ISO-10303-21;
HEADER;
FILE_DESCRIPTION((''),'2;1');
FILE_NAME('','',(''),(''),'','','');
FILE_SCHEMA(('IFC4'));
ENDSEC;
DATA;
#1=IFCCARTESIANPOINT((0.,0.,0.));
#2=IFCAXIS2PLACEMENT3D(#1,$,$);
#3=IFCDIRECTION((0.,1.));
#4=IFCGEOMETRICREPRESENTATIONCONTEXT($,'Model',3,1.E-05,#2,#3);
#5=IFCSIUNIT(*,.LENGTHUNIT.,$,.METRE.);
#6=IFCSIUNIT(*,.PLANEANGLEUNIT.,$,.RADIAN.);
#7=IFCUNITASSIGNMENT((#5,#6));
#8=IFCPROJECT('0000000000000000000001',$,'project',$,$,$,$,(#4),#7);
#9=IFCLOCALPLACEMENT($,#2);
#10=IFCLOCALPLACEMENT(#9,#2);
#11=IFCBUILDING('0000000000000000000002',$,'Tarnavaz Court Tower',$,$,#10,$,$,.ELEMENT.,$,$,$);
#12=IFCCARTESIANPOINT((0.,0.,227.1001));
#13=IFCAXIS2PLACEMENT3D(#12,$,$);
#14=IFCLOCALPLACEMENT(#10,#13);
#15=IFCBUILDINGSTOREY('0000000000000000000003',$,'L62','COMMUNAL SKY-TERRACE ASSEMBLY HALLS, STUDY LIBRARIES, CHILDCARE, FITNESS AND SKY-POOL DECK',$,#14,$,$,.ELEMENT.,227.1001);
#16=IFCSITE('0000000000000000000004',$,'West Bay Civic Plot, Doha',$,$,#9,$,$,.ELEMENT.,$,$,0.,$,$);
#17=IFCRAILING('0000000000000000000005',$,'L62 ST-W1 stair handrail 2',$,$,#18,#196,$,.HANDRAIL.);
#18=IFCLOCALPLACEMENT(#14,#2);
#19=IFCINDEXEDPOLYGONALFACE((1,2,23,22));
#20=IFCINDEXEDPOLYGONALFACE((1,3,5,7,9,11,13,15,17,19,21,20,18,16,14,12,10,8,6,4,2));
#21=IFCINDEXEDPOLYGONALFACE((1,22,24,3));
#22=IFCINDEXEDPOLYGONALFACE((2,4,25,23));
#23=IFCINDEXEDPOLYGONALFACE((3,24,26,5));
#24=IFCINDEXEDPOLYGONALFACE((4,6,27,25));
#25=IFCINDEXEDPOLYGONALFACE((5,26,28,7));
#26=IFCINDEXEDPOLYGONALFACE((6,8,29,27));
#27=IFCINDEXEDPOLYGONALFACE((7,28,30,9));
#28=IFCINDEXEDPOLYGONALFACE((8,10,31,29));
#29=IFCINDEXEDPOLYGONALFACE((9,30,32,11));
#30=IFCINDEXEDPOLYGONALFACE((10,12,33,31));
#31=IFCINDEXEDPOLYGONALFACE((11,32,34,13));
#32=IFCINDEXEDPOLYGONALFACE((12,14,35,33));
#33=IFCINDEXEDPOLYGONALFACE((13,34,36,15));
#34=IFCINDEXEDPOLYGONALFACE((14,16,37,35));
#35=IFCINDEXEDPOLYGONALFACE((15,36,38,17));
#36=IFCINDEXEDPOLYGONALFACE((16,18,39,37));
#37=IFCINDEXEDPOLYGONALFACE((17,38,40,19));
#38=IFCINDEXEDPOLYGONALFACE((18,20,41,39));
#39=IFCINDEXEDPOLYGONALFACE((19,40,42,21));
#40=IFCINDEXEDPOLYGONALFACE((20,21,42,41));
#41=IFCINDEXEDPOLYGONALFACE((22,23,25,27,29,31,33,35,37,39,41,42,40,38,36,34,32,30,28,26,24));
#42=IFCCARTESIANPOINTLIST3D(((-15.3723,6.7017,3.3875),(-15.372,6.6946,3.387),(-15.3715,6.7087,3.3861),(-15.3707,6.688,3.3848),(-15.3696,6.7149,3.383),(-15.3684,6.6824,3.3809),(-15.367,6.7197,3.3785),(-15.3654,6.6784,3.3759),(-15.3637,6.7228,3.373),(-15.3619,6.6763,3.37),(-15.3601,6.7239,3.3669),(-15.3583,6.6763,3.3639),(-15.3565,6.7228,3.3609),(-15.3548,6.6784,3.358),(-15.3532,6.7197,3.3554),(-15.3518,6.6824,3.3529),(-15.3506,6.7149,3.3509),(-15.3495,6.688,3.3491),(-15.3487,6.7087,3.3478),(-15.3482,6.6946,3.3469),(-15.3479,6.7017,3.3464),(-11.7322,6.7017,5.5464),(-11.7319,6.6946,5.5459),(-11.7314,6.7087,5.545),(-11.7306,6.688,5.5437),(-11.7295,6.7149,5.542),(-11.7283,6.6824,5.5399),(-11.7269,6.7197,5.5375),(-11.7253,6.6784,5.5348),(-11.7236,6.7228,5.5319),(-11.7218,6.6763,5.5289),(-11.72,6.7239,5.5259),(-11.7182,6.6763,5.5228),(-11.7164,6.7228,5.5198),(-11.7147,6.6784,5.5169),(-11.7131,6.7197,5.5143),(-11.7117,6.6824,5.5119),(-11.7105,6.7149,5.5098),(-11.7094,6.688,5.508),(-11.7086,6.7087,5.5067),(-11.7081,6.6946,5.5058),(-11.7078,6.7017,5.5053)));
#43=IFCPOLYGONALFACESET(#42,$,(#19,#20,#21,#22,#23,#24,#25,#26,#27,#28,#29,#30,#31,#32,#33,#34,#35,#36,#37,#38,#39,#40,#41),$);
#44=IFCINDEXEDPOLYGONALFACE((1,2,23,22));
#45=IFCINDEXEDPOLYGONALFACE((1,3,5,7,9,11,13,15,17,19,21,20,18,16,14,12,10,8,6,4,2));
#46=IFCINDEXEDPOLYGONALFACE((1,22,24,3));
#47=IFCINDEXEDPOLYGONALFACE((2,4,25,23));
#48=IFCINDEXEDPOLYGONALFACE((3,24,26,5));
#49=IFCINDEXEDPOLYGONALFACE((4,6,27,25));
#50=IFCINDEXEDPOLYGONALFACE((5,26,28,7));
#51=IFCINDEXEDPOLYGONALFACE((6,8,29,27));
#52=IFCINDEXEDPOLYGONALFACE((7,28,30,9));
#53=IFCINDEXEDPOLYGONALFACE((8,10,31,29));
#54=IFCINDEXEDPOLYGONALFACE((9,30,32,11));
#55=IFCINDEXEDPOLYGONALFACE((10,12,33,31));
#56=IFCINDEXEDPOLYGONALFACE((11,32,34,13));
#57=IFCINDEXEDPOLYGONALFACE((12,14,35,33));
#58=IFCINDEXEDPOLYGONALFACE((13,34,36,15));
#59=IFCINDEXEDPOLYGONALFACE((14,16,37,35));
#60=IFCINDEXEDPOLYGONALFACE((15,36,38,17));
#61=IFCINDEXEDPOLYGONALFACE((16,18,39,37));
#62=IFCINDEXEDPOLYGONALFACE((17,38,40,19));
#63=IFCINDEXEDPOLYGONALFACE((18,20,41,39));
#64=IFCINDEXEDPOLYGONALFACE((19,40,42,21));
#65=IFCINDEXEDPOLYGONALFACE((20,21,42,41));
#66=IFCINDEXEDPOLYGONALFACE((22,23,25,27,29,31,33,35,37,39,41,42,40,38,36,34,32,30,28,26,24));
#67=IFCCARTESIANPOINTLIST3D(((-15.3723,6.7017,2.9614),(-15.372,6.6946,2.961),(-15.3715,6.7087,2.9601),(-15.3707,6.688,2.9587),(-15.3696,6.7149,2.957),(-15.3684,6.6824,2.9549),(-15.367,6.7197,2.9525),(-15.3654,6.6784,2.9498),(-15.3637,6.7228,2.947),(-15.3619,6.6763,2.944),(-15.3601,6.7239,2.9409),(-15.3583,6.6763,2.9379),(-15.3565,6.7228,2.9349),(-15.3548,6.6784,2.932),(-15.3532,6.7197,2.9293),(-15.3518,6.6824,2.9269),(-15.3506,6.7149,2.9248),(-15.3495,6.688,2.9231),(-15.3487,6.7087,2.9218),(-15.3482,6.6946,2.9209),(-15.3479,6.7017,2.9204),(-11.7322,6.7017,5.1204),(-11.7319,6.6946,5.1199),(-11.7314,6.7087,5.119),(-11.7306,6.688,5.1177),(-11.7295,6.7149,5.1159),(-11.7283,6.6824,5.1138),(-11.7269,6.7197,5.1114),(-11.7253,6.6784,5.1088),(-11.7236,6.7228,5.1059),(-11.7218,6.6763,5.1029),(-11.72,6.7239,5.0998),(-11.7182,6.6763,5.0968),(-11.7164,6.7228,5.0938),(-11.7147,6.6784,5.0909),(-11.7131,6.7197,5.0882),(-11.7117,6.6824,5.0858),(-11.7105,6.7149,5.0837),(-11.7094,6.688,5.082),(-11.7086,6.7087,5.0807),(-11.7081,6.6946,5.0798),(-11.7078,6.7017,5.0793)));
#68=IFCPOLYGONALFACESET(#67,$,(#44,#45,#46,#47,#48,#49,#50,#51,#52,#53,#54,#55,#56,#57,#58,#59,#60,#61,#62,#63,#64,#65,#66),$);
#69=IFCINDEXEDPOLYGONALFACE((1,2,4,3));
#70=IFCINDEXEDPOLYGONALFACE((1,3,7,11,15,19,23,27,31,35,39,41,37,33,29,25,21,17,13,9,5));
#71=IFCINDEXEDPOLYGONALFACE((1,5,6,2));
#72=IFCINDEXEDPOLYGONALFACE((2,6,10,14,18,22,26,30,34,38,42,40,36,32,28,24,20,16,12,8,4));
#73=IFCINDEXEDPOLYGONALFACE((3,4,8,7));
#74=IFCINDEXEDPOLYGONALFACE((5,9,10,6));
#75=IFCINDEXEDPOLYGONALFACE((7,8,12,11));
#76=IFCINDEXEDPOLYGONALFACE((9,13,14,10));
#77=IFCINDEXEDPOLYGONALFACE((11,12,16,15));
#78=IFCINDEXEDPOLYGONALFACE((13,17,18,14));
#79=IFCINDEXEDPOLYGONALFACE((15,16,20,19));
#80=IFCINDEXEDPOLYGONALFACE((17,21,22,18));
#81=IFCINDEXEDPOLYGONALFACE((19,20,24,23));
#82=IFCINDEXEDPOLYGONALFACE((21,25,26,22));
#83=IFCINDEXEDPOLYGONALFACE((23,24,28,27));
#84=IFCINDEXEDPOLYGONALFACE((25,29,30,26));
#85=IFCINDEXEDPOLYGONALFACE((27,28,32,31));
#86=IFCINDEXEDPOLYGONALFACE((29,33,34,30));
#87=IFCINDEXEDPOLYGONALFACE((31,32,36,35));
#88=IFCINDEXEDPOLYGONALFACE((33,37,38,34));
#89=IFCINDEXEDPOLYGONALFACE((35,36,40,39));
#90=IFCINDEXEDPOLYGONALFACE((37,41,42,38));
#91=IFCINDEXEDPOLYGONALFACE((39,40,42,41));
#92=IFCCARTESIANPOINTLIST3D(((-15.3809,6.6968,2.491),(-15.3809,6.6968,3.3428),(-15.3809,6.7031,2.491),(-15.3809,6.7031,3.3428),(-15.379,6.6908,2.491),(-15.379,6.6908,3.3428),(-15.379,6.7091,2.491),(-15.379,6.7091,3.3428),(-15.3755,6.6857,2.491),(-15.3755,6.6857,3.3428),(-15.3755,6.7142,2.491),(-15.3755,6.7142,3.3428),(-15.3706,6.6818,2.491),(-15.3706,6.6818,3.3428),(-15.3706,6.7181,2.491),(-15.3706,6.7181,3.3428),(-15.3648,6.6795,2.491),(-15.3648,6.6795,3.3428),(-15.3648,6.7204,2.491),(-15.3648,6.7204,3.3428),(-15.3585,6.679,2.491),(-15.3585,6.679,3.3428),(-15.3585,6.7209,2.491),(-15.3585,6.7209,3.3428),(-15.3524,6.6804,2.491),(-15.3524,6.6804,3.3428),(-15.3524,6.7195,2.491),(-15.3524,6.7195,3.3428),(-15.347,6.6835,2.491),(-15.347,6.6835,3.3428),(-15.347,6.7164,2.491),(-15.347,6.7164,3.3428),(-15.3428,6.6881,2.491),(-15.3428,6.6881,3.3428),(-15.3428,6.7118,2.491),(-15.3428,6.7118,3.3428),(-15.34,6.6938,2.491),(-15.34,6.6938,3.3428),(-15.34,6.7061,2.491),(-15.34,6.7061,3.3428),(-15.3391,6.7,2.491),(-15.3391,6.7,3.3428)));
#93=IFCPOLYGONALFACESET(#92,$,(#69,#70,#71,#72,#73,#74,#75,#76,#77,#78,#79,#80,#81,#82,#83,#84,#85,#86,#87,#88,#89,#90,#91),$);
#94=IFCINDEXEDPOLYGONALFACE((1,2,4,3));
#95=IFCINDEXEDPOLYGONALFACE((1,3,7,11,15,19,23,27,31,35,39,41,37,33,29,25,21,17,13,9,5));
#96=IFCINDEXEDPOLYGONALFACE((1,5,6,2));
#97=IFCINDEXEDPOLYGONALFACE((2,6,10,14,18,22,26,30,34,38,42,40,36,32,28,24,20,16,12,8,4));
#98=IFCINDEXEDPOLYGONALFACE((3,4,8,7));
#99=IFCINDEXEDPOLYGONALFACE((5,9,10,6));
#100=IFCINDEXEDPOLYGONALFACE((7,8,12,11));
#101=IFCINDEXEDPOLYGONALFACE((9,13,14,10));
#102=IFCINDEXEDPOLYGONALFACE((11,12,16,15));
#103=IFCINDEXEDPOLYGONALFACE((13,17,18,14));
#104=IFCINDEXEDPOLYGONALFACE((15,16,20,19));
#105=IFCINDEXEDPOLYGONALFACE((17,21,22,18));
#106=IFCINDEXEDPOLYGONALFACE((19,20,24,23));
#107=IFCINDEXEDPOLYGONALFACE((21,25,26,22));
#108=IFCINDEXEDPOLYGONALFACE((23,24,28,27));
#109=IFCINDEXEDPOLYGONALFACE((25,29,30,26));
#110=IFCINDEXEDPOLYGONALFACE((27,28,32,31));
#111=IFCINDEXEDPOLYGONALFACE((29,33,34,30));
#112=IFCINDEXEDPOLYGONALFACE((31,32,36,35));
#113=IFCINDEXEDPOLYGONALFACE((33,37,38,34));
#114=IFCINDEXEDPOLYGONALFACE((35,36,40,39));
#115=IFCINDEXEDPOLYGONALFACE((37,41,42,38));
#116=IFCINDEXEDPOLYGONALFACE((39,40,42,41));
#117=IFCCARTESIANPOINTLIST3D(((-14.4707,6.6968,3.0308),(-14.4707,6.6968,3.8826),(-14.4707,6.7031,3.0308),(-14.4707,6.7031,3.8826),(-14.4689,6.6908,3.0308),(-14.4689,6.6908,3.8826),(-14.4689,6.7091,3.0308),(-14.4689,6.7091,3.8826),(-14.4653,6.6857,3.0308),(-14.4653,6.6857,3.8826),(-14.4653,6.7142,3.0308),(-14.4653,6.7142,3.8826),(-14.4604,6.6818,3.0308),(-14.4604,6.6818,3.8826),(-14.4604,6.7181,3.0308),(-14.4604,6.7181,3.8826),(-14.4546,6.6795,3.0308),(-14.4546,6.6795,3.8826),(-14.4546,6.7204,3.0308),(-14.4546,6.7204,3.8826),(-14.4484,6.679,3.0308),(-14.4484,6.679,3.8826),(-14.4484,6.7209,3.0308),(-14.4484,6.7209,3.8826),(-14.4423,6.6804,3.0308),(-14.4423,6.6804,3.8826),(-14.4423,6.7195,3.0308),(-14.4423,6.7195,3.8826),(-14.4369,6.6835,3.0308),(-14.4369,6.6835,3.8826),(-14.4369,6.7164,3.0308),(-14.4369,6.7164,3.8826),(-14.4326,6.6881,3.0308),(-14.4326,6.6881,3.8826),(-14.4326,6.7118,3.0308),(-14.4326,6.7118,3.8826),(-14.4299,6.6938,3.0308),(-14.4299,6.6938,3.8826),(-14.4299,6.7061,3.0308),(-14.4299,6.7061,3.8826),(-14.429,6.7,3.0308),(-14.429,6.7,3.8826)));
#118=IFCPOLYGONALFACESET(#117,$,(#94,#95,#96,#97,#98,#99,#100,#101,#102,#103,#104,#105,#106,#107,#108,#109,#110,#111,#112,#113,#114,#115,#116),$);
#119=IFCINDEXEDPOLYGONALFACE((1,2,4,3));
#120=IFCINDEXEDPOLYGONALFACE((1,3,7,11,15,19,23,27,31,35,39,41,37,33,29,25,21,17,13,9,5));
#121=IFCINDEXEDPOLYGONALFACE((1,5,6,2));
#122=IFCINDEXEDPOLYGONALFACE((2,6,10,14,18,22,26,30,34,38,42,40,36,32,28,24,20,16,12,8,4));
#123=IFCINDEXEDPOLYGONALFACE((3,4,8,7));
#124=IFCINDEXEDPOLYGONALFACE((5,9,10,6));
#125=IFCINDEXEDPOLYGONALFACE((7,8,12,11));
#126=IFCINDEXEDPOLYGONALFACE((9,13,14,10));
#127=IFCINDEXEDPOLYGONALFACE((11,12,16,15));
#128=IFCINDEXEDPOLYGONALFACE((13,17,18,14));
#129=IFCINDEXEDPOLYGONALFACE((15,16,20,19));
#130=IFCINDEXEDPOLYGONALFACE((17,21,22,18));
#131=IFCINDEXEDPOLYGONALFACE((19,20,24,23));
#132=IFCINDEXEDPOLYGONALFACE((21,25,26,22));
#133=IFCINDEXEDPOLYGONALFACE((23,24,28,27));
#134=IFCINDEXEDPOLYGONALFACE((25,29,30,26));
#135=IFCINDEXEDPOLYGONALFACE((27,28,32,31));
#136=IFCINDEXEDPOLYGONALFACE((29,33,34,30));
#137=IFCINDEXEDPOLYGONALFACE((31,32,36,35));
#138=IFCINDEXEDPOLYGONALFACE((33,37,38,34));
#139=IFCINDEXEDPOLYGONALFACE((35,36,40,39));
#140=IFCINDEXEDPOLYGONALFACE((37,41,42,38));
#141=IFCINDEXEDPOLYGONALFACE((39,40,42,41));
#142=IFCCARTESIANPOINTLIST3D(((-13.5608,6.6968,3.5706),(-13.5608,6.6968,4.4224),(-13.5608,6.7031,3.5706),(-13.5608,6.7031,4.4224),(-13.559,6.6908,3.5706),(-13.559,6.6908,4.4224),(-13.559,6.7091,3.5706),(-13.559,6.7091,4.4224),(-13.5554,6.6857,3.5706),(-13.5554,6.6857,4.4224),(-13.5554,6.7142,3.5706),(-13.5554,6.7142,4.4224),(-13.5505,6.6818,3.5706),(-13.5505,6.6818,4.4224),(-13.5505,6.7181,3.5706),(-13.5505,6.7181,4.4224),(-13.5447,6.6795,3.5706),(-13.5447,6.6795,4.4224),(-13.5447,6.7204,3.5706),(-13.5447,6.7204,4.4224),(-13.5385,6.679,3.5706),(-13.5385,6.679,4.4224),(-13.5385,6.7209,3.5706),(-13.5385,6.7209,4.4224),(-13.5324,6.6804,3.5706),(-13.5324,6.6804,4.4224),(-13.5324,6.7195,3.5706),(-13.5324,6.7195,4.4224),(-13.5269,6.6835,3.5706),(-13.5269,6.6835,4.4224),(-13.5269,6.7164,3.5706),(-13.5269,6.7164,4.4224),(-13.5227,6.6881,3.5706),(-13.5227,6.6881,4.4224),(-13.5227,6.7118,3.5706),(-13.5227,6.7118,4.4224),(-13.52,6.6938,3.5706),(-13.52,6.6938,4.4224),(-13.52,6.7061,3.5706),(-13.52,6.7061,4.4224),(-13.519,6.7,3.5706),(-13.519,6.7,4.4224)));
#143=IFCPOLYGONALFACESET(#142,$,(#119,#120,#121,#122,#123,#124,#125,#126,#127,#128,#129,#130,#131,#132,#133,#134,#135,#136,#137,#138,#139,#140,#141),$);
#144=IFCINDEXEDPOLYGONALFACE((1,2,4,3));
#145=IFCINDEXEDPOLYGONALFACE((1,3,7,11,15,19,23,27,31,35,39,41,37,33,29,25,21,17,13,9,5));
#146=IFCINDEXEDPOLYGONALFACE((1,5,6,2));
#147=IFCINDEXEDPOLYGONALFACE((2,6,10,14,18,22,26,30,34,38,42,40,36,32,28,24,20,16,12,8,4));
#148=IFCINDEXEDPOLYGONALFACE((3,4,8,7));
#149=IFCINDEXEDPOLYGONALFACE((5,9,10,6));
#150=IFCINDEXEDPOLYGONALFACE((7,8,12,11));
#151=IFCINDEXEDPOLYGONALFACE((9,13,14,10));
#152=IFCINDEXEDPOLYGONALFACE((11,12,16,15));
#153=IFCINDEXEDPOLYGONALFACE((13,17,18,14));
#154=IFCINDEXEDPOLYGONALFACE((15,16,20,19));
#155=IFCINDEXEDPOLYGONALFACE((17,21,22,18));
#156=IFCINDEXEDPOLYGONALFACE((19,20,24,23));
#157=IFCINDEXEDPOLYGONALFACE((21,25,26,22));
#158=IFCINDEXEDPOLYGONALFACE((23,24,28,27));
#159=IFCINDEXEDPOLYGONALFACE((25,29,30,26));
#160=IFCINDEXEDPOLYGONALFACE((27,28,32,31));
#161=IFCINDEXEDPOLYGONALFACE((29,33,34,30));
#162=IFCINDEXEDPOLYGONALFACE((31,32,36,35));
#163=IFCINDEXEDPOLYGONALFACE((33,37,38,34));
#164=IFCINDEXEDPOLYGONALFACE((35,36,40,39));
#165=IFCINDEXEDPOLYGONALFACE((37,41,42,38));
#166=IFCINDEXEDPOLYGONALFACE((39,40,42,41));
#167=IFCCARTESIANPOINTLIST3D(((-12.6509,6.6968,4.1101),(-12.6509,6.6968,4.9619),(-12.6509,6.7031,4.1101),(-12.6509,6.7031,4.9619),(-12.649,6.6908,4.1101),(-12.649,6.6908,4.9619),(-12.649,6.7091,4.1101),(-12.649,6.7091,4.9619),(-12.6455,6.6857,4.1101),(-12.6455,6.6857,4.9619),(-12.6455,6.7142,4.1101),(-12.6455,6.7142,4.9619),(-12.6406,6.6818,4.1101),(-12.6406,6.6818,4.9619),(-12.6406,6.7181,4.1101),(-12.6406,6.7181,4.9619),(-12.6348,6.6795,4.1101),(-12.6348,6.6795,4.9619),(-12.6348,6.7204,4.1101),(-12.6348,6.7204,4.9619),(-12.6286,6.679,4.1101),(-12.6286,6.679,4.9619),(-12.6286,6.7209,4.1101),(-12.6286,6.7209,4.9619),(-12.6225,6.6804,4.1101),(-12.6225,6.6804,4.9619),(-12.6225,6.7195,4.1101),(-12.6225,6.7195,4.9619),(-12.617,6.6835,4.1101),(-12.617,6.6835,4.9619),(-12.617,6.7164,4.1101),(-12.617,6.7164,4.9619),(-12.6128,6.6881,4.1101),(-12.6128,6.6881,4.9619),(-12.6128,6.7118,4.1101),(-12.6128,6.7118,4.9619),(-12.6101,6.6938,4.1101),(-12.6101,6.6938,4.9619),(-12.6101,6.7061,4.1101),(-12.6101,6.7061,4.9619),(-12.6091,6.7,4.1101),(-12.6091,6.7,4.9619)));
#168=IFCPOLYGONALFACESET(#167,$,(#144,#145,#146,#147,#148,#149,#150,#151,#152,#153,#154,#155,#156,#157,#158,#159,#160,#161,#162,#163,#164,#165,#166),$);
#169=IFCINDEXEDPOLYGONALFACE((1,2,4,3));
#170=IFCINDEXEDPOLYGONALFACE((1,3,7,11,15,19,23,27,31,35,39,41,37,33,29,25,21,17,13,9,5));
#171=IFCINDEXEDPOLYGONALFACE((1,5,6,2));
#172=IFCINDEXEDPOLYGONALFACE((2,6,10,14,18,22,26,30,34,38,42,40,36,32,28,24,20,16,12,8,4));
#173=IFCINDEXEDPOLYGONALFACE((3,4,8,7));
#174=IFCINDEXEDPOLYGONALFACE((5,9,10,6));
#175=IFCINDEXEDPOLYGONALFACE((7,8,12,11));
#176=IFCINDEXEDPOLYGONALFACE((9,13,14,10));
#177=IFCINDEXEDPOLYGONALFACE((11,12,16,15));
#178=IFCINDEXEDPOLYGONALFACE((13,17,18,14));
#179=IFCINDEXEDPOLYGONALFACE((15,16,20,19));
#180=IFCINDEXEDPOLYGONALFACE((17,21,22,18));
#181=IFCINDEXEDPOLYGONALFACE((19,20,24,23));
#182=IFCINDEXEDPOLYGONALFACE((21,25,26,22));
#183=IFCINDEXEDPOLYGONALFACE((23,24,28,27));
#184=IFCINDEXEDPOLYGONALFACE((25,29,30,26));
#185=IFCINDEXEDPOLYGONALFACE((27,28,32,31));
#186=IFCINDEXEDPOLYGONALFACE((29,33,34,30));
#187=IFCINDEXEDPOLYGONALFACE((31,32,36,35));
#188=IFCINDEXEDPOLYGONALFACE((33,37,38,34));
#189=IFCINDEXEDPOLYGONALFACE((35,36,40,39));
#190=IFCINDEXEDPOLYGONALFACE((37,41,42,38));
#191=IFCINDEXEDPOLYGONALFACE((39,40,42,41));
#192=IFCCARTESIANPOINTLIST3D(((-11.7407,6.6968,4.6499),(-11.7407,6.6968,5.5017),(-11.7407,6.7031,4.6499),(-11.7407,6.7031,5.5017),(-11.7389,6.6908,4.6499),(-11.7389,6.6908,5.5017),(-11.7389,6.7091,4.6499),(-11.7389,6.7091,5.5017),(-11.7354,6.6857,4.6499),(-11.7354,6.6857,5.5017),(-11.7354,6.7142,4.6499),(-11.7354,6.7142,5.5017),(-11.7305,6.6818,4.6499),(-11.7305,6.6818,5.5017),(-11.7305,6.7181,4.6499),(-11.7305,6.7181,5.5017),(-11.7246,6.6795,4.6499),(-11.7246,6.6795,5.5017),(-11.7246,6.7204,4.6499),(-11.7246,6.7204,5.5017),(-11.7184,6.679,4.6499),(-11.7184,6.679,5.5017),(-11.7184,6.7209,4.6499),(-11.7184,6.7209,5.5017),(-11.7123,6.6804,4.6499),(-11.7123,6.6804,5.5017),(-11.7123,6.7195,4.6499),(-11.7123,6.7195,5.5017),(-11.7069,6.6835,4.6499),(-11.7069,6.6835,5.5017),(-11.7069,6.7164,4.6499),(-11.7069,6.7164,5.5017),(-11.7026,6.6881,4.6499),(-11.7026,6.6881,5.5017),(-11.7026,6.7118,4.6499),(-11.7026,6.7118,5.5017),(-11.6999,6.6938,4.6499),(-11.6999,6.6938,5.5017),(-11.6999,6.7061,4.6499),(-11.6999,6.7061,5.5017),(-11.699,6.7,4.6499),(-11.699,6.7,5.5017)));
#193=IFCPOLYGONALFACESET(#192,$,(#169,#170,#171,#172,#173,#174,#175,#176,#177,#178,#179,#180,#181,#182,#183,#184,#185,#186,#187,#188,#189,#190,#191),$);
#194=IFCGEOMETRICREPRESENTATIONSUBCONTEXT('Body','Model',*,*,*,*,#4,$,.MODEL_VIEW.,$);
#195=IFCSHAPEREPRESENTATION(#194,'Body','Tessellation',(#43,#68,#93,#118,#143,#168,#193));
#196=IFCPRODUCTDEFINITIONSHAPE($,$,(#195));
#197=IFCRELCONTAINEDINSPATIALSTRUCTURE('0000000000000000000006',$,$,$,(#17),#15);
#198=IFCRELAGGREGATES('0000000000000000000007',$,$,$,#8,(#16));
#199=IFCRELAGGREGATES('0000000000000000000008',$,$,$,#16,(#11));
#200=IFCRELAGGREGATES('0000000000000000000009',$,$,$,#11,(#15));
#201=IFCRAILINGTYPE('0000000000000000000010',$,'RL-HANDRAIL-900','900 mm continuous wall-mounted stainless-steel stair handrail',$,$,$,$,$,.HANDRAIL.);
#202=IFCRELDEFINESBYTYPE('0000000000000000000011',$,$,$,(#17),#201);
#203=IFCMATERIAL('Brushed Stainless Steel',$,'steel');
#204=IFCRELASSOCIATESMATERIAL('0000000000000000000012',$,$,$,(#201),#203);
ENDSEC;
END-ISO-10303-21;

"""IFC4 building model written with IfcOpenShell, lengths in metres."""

from ifc_helpers import new_model, si_unit, direction, frame, origin, origin_2d, place, context, subcontext, project, spatial, circle, extrude, material, type_object, element, save


model = new_model("IFC4")

# Units and contexts
model_context = context("Model", 3, precision=1e-05, world=origin(), true_north=direction((0.0, 1.0)))
body_context = subcontext(model_context, "Body", "Model", "MODEL_VIEW")
ifc_project = project(units=[si_unit("LENGTHUNIT", "METRE"), si_unit("PLANEANGLEUNIT", "RADIAN")], contexts=[model_context])

# Site, building, storey
site_placement = place(None, origin())
site = spatial("IfcSite", under=ifc_project, at=site_placement, Name="West Bay Civic Plot, Doha", CompositionType="ELEMENT", RefElevation=0.0)
building_placement = place(site_placement, origin())
building = spatial("IfcBuilding", under=site, at=building_placement, Name="Tarnavaz Court Tower", CompositionType="ELEMENT")
storey_placement = place(building_placement, frame((0.0, 0.0, 227.1001)))
storey = spatial("IfcBuildingStorey", under=building, at=storey_placement, Name="L62", Description="COMMUNAL SKY-TERRACE ASSEMBLY HALLS, STUDY LIBRARIES, CHILDCARE, FITNESS AND SKY-POOL DECK", CompositionType="ELEMENT", Elevation=227.1001)

# Railing
ifc_material_1 = material(Name="Brushed Stainless Steel", Category="steel")
railing_type_1 = type_object("IfcRailingType", Name="RL-HANDRAIL-900", Description="900 mm continuous wall-mounted stainless-steel stair handrail", PredefinedType="HANDRAIL", material=ifc_material_1)
railing_1_placement = place(storey_placement, frame((-15.3601, 6.7, 2.491)))
element("IfcRailing", 1, at=railing_1_placement, inside=storey, type_object=railing_type_1, Name="L62 ST-W1 stair handrail 2", PredefinedType="HANDRAIL", context=body_context, shape_type="SweptSolid", body=[
    extrude(circle(Radius=0.0239, at=origin_2d()), frame((0.0, 0.0, 0.876), z_axis=(0.860103, 0.0, 0.51012), x_axis=(0.0, 1.0, 0.0)), (0.0, 0.0, 1.0), 4.2322),
    extrude(circle(Radius=0.0239, at=origin_2d()), frame((0.0, 0.0, 0.45), z_axis=(0.860103, 0.0, 0.51012), x_axis=(0.0, 1.0, 0.0)), (0.0, 0.0, 1.0), 4.2322),
    extrude(circle(Radius=0.021, at=origin_2d()), origin(), (0.0, 0.0, 1.0), 0.8518),
    extrude(circle(Radius=0.021, at=origin_2d()), frame((0.9102, 0.0, 0.5398)), (0.0, 0.0, 1.0), 0.8518),
    extrude(circle(Radius=0.021, at=origin_2d()), frame((1.8201, 0.0, 1.0796)), (0.0, 0.0, 1.0), 0.8518),
    extrude(circle(Radius=0.021, at=origin_2d()), frame((2.73, 0.0, 1.6191)), (0.0, 0.0, 1.0), 0.8518),
    extrude(circle(Radius=0.021, at=origin_2d()), frame((3.6401, 0.0, 2.1589)), (0.0, 0.0, 1.0), 0.8518),
])

save(model, "model.ifc")
